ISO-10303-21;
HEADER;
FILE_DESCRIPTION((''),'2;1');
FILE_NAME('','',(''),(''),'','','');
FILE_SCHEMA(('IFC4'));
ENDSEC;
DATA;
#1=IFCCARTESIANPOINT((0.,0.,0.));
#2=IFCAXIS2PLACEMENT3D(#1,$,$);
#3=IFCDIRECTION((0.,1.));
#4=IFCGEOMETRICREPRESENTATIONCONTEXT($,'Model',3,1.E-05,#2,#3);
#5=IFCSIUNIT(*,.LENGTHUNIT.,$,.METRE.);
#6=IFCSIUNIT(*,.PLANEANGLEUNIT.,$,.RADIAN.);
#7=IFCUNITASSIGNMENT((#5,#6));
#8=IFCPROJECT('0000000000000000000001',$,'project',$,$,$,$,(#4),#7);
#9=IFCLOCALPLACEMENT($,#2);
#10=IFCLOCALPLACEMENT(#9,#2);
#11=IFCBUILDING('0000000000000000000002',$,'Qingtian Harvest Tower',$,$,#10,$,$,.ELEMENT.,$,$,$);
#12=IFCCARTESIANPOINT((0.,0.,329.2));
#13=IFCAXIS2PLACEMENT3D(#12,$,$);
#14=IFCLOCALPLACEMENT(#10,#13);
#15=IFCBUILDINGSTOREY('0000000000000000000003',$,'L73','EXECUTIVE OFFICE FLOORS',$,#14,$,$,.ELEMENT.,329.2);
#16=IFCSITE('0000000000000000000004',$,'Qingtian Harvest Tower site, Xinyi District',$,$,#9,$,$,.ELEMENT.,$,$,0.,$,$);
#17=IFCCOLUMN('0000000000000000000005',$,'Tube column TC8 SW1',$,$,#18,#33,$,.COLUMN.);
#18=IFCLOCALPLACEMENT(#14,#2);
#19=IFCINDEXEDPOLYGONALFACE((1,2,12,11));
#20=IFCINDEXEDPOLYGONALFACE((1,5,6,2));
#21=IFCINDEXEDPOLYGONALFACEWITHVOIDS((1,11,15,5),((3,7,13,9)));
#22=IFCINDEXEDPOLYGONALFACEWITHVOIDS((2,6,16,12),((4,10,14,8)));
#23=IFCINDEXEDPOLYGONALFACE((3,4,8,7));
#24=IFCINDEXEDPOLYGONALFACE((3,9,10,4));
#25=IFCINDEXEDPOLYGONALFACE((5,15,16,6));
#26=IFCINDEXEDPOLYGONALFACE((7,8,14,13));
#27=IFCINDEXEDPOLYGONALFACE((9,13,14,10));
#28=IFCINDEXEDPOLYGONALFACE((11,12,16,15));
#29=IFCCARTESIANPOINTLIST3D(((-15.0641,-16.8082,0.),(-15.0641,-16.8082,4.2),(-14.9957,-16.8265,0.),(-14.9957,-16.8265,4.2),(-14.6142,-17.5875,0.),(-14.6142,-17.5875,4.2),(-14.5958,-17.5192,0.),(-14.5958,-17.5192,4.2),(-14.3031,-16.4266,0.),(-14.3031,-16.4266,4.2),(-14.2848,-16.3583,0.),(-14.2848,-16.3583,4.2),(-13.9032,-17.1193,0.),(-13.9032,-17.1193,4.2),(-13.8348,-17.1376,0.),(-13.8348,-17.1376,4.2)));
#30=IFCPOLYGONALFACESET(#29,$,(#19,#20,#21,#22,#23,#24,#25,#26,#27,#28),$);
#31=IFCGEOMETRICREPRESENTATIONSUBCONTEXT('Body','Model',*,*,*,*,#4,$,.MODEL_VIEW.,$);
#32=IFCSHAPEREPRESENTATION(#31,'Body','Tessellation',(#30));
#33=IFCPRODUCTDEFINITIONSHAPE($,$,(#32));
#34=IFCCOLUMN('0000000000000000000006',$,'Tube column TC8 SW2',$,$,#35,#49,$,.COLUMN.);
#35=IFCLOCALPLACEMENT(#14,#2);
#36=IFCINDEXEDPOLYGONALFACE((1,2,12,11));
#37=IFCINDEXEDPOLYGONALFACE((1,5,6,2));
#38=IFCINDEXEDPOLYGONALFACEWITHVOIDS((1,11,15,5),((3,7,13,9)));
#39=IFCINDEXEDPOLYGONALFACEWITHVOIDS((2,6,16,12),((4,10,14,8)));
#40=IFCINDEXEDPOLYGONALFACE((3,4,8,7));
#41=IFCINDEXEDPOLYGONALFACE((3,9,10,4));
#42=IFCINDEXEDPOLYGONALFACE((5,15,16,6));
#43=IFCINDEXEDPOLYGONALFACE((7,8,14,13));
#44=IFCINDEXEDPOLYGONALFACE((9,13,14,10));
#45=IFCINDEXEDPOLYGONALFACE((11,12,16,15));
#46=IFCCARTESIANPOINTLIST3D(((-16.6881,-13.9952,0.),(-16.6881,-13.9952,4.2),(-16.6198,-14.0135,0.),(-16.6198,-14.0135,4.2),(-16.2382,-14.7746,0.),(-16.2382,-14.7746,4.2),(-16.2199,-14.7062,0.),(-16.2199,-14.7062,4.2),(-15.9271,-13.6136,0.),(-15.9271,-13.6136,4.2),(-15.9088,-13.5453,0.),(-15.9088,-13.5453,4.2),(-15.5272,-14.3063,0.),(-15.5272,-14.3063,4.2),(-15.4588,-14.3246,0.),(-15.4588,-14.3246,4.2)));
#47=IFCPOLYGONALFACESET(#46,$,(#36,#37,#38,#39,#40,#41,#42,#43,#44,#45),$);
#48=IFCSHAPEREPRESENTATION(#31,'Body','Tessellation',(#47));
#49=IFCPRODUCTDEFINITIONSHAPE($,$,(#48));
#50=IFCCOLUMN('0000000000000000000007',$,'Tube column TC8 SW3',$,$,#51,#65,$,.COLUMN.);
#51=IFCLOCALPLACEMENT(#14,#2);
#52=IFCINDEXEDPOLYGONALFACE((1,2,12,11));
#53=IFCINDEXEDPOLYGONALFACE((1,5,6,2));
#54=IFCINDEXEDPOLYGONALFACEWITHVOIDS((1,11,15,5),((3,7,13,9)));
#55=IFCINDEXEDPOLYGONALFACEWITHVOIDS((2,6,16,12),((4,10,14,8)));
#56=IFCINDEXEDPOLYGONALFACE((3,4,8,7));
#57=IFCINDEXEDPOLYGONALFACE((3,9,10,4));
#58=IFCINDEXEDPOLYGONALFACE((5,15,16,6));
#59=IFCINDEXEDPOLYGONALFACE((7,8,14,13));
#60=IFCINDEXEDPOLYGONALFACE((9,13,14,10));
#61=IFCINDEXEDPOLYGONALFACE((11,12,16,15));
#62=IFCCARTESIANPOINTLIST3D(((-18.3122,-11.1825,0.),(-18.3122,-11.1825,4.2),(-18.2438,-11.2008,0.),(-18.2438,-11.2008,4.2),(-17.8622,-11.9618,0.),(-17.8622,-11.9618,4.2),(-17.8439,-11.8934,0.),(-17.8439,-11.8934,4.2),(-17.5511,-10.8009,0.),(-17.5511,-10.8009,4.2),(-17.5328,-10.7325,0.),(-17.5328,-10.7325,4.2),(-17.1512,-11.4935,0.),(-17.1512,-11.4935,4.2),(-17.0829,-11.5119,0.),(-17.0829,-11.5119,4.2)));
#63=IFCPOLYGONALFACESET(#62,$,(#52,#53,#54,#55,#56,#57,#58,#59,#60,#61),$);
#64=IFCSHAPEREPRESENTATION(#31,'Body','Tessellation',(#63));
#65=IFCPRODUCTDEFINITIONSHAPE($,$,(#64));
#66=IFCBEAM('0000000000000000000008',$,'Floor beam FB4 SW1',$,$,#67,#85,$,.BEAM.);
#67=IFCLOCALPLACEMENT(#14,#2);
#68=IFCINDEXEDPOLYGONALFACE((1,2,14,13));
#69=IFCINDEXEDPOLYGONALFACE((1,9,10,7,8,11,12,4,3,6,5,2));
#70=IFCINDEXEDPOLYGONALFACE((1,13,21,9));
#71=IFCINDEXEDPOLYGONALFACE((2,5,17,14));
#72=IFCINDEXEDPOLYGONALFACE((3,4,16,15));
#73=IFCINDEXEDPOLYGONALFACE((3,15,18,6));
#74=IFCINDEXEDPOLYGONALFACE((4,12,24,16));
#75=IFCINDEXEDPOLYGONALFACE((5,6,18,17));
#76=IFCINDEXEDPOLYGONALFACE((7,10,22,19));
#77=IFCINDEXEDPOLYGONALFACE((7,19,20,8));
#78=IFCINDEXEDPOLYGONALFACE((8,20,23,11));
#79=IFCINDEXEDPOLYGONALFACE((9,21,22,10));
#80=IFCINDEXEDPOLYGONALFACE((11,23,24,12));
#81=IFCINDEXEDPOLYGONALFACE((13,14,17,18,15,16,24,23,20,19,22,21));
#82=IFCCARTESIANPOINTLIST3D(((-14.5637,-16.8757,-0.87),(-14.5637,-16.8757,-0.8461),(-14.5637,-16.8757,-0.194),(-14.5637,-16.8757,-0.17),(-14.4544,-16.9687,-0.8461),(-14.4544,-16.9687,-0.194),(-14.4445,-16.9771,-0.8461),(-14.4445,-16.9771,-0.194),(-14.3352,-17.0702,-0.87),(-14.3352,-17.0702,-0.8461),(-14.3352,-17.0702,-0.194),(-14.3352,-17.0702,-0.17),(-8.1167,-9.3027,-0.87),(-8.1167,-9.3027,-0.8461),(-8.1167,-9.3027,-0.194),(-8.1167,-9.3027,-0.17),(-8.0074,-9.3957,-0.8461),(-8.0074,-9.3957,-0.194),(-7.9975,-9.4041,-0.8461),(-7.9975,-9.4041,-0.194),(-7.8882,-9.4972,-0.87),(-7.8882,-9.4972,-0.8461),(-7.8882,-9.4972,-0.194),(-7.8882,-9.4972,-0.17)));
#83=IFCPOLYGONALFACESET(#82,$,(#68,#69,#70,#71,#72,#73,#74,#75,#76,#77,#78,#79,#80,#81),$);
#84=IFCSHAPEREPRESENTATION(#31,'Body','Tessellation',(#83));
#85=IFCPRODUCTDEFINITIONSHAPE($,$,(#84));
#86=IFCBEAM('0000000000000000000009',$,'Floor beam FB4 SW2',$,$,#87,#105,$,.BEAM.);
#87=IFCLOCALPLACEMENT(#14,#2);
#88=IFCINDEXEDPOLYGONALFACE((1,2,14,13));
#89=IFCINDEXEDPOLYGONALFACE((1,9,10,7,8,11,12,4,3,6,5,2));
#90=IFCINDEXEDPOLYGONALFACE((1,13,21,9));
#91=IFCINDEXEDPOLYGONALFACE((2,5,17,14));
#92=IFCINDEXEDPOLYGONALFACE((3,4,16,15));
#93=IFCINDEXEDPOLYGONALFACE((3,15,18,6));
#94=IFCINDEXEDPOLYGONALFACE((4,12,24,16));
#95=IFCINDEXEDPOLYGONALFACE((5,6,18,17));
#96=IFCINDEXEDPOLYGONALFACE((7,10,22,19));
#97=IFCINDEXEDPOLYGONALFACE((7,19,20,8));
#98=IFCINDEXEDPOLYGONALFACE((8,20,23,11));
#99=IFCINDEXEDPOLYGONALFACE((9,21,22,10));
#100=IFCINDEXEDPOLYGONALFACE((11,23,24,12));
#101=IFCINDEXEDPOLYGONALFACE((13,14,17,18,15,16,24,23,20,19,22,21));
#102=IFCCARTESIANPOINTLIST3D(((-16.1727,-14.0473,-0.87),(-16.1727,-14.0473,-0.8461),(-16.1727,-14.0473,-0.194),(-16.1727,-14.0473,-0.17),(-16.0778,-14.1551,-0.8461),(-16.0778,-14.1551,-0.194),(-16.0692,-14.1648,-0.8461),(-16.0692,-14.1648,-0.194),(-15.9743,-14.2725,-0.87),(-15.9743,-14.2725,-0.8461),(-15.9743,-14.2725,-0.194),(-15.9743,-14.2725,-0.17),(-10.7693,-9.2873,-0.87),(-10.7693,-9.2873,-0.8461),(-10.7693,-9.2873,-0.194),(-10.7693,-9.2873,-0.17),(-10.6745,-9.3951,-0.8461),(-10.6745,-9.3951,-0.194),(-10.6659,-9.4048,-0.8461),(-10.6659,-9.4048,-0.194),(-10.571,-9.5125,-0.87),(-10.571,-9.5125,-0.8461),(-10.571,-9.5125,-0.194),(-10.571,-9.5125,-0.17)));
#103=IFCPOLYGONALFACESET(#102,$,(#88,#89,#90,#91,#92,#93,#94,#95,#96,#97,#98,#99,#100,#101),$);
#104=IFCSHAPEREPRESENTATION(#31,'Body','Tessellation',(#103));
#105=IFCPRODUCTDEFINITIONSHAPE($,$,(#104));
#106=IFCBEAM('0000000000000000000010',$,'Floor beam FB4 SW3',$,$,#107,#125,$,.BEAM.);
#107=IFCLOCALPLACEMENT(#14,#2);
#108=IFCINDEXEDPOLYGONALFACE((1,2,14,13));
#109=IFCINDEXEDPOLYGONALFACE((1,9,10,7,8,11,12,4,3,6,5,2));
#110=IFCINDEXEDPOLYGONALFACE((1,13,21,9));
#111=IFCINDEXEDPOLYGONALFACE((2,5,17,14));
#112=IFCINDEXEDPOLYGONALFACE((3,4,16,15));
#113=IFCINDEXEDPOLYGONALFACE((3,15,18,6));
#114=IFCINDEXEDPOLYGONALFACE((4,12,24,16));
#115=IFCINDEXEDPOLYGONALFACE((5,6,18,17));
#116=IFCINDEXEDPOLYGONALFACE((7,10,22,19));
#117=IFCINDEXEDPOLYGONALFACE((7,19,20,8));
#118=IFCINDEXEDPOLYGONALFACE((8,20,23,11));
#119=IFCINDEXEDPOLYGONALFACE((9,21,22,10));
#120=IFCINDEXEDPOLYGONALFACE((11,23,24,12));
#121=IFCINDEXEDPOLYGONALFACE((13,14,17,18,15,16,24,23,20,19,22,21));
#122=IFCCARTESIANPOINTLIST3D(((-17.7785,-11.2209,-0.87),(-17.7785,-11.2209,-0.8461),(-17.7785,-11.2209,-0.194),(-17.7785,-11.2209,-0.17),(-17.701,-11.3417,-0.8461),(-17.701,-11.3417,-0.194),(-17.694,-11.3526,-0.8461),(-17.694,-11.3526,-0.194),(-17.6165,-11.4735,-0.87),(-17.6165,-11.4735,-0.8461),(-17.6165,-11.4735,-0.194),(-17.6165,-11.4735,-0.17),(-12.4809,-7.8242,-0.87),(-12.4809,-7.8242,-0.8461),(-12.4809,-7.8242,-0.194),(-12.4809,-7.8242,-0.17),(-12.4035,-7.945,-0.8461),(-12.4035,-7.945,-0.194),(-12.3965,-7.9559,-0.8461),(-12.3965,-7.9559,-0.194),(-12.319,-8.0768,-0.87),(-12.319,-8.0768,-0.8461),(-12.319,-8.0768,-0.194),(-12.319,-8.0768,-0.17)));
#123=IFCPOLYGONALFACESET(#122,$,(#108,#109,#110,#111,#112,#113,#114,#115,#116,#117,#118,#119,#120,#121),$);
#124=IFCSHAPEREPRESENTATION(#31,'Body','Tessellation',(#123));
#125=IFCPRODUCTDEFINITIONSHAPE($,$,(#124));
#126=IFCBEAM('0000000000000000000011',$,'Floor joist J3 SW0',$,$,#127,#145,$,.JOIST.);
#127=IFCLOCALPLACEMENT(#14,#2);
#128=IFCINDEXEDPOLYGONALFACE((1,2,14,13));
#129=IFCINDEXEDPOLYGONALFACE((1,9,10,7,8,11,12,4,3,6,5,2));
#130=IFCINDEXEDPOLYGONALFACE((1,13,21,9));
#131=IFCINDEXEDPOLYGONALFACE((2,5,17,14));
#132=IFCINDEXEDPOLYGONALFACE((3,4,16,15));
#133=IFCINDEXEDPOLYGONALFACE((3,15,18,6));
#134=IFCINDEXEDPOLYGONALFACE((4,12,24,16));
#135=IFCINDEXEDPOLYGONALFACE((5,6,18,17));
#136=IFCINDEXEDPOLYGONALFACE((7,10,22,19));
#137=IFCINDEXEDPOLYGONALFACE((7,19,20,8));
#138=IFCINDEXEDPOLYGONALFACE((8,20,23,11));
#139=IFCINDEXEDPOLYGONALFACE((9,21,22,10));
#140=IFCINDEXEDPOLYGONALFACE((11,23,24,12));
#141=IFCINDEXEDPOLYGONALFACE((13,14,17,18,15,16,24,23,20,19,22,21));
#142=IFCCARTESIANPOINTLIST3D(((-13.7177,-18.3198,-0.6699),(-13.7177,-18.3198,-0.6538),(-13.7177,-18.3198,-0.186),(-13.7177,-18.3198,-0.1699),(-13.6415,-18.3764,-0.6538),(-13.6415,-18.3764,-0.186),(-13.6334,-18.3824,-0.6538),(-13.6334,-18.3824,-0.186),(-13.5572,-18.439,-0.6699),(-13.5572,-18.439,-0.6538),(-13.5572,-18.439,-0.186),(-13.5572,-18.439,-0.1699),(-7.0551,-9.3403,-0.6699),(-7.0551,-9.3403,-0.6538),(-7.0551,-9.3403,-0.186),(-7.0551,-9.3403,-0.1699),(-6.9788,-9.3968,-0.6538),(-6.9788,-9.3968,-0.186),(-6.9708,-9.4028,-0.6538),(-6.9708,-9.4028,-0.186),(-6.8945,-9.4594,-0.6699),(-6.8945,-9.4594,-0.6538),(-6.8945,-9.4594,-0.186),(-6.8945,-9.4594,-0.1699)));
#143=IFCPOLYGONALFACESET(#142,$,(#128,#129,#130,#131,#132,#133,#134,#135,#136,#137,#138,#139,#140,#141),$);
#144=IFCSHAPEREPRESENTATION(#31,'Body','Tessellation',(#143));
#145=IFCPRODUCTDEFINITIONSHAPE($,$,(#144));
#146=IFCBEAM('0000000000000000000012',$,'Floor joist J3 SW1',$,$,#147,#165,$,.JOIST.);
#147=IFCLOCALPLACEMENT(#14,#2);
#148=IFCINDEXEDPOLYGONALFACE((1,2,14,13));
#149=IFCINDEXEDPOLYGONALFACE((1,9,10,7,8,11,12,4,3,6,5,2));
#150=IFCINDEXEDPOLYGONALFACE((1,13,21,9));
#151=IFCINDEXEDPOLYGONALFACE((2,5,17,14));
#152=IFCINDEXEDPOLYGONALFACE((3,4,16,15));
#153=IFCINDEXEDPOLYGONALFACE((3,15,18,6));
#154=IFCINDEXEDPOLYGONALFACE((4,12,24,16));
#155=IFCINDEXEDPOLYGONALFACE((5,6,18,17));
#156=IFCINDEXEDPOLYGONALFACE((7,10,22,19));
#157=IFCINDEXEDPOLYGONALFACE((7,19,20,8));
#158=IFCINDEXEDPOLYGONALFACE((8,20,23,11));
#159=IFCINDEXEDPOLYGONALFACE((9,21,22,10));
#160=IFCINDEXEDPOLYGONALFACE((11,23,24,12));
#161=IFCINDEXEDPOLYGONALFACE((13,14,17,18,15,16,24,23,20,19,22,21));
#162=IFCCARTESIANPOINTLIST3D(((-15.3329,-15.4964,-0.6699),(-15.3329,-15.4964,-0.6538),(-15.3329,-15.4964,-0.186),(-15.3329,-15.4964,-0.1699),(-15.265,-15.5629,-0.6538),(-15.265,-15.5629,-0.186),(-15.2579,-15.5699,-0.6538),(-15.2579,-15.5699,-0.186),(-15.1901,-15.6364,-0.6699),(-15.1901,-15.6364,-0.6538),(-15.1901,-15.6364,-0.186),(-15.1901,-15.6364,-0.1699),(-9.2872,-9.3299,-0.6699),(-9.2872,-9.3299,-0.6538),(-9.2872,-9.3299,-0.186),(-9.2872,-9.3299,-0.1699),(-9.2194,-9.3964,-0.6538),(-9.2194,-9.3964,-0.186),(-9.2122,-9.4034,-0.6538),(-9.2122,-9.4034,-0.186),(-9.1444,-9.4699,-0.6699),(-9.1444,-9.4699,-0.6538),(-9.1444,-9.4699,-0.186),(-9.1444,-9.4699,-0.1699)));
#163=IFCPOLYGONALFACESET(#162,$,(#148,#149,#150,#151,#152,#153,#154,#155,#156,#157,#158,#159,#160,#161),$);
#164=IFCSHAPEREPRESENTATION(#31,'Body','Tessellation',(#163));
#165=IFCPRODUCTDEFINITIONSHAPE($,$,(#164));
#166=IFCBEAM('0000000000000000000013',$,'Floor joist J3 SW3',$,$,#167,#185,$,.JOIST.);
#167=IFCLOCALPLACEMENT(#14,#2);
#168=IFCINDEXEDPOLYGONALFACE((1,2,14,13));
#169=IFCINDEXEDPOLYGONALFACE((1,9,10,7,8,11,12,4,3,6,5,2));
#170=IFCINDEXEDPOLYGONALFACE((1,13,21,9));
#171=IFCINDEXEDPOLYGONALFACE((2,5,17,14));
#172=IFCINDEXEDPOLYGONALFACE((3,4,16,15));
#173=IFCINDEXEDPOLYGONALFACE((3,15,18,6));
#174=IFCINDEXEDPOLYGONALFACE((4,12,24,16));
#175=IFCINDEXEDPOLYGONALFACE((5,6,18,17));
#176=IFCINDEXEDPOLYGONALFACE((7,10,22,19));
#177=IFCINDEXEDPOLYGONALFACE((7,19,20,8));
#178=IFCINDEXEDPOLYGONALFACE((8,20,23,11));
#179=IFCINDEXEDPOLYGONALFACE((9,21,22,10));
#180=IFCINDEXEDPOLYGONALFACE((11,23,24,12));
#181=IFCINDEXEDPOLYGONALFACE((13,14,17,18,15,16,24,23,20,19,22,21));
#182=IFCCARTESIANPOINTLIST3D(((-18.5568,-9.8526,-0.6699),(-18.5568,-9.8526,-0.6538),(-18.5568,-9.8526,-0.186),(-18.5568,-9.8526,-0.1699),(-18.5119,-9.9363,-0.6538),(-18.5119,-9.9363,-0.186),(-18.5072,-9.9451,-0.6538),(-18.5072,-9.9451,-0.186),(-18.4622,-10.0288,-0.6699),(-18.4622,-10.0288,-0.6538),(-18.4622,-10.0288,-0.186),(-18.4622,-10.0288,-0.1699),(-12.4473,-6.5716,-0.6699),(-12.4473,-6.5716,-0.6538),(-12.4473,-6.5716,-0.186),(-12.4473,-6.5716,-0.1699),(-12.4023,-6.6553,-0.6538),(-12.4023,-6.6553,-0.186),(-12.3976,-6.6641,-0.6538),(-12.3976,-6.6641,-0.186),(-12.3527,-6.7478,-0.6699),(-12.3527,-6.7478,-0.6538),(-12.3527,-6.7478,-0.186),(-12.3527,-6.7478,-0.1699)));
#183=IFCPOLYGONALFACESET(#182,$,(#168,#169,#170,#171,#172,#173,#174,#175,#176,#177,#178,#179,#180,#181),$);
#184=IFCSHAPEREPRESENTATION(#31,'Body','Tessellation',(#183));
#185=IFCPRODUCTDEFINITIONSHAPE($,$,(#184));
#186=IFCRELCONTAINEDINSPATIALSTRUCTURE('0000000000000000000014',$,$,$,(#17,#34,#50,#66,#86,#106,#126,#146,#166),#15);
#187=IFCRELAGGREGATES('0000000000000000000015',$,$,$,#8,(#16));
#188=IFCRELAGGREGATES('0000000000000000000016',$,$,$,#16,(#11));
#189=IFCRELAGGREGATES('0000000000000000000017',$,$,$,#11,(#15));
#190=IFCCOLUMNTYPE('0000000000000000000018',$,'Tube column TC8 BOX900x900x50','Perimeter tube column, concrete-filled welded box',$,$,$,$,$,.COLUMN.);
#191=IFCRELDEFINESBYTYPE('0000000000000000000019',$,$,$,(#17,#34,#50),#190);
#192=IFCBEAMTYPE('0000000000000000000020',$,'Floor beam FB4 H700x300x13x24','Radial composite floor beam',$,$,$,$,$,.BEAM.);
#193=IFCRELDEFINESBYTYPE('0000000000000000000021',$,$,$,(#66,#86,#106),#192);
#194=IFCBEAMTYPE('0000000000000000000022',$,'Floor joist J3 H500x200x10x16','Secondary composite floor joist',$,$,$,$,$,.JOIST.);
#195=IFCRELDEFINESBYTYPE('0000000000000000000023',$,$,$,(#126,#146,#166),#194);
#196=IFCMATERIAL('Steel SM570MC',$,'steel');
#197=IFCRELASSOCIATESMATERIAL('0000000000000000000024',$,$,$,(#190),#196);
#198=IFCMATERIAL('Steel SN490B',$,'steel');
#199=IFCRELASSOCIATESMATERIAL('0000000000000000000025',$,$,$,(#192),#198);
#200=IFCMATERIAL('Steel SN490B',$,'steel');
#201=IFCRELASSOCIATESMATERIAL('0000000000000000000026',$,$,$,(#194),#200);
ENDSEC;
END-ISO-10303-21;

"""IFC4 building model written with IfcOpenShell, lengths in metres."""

from ifc_helpers import new_model, si_unit, direction, frame, origin, origin_2d, place, context, subcontext, project, spatial, hollow_rectangle, i_section, extrude, material, material_profile, profile_set, type_object, element, save


model = new_model("IFC4")

# Units and contexts
model_context = context("Model", 3, precision=1e-05, world=origin(), true_north=direction((0.0, 1.0)))
body_context = subcontext(model_context, "Body", "Model", "MODEL_VIEW")
ifc_project = project(units=[si_unit("LENGTHUNIT", "METRE"), si_unit("PLANEANGLEUNIT", "RADIAN")], contexts=[model_context])

# Site, building, storey
site_placement = place(None, origin())
site = spatial("IfcSite", under=ifc_project, at=site_placement, Name="Qingtian Harvest Tower site, Xinyi District", CompositionType="ELEMENT", RefElevation=0.0)
building_placement = place(site_placement, origin())
building = spatial("IfcBuilding", under=site, at=building_placement, Name="Qingtian Harvest Tower", CompositionType="ELEMENT")
storey_placement = place(building_placement, frame((0.0, 0.0, 329.2)))
storey = spatial("IfcBuildingStorey", under=building, at=storey_placement, Name="L73", Description="EXECUTIVE OFFICE FLOORS", CompositionType="ELEMENT", Elevation=329.2)

# Columns
ifc_material_1 = material(Name="Steel SM570MC", Category="steel")
ifc_material_profile_1 = material_profile(ifc_material_1, hollow_rectangle(XDim=0.8999, YDim=0.8999, WallThickness=0.05, at=origin_2d()), Name="BOX900x900x50")
ifc_profile_set_1 = profile_set([ifc_material_profile_1], Name="Steel SM570MC")
column_type = type_object("IfcColumnType", Name="Tube column TC8 BOX900x900x50", Description="Perimeter tube column, concrete-filled welded box", PredefinedType="COLUMN", material=ifc_profile_set_1)
for number, where, z_axis, x_axis, name in (
    (1, (-14.4495, -16.9729, 0.0), (0.0, 0.0, 1.0), (0.5, -0.866025, 0.0), "Tube column TC8 SW1"),
    (2, (-16.0735, -14.1599, 0.0), (0.0, 0.0, 1.0), (0.5, -0.866025, 0.0), "Tube column TC8 SW2"),
    (3, (-17.6975, -11.3472, 0.0), (0.0, 0.0, 1.0), (0.5, -0.866025, 0.0), "Tube column TC8 SW3"),
):
    element("IfcColumn", number, at=place(storey_placement, frame(where, z_axis=z_axis, x_axis=x_axis)), inside=storey, type_object=column_type, Name=name, PredefinedType="COLUMN", context=body_context, shape_type="SweptSolid", body=[
        extrude(hollow_rectangle(XDim=0.8999, YDim=0.8999, WallThickness=0.05, at=origin_2d()), origin(), (0.0, 0.0, 1.0), 4.2),
    ])

# Beams
ifc_material_2 = material(Name="Steel SN490B", Category="steel")
ifc_material_profile_2 = material_profile(ifc_material_2, i_section(OverallWidth=0.3, OverallDepth=0.7, WebThickness=0.0129, FlangeThickness=0.0239, at=origin_2d()), Name="H700x300x13x24")
ifc_profile_set_2 = profile_set([ifc_material_profile_2], Name="Steel SN490B")
beam_type_1 = type_object("IfcBeamType", Name="Floor beam FB4 H700x300x13x24", Description="Radial composite floor beam", PredefinedType="BEAM", material=ifc_profile_set_2)
beam_1_placement = place(storey_placement, frame((-14.4495, -16.9729, -0.52), z_axis=(0.64823, 0.761444, 0.0), x_axis=(-0.761444, 0.64823, 0.0)))
element("IfcBeam", 4, at=beam_1_placement, inside=storey, type_object=beam_type_1, Name="Floor beam FB4 SW1", PredefinedType="BEAM", context=body_context, shape_type="SweptSolid", body=[
    extrude(i_section(OverallWidth=0.3, OverallDepth=0.7, WebThickness=0.0129, FlangeThickness=0.0239, at=origin_2d()), origin(), (0.0, 0.0, 1.0), 9.9456),
])
beam_2_placement = place(storey_placement, frame((-16.0735, -14.1599, -0.52), z_axis=(0.750363, 0.661026, 0.0), x_axis=(-0.661026, 0.750363, 0.0)))
element("IfcBeam", 5, at=beam_2_placement, inside=storey, type_object=beam_type_1, Name="Floor beam FB4 SW2", PredefinedType="BEAM", context=body_context, shape_type="SweptSolid", body=[
    extrude(i_section(OverallWidth=0.3, OverallDepth=0.7, WebThickness=0.0129, FlangeThickness=0.0239, at=origin_2d()), origin(), (0.0, 0.0, 1.0), 7.2009),
])
beam_3_placement = place(storey_placement, frame((-17.6975, -11.3472, -0.52), z_axis=(0.841819, 0.539759, 0.0), x_axis=(-0.539759, 0.841819, 0.0)))
element("IfcBeam", 6, at=beam_3_placement, inside=storey, type_object=beam_type_1, Name="Floor beam FB4 SW3", PredefinedType="BEAM", context=body_context, shape_type="SweptSolid", body=[
    extrude(i_section(OverallWidth=0.3, OverallDepth=0.7, WebThickness=0.0129, FlangeThickness=0.0239, at=origin_2d()), origin(), (0.0, 0.0, 1.0), 6.293),
])
ifc_material_3 = material(Name="Steel SN490B", Category="steel")
ifc_material_profile_3 = material_profile(ifc_material_3, i_section(OverallWidth=0.2, OverallDepth=0.5, WebThickness=0.01, FlangeThickness=0.0161, at=origin_2d()), Name="H500x200x10x16")
ifc_profile_set_3 = profile_set([ifc_material_profile_3], Name="Steel SN490B")
beam_type_2 = type_object("IfcBeamType", Name="Floor joist J3 H500x200x10x16", Description="Secondary composite floor joist", PredefinedType="JOIST", material=ifc_profile_set_3)
beam_4_placement = place(storey_placement, frame((-13.6375, -18.3794, -0.4199), z_axis=(0.59587, 0.803081, 0.0), x_axis=(-0.803081, 0.59587, 0.0)))
element("IfcBeam", 7, at=beam_4_placement, inside=storey, type_object=beam_type_2, Name="Floor joist J3 SW0", PredefinedType="JOIST", context=body_context, shape_type="SweptSolid", body=[
    extrude(i_section(OverallWidth=0.2, OverallDepth=0.5, WebThickness=0.01, FlangeThickness=0.0161, at=origin_2d()), origin(), (0.0, 0.0, 1.0), 11.1814),
])
beam_5_placement = place(storey_placement, frame((-15.2615, -15.5664, -0.4199), z_axis=(0.700075, 0.714069, 0.0), x_axis=(-0.714069, 0.700075, 0.0)))
element("IfcBeam", 8, at=beam_5_placement, inside=storey, type_object=beam_type_2, Name="Floor joist J3 SW1", PredefinedType="JOIST", context=body_context, shape_type="SweptSolid", body=[
    extrude(i_section(OverallWidth=0.2, OverallDepth=0.5, WebThickness=0.01, FlangeThickness=0.0161, at=origin_2d()), origin(), (0.0, 0.0, 1.0), 8.6357),
])
beam_6_placement = place(storey_placement, frame((-18.5095, -9.9407, -0.4199), z_axis=(0.881, 0.473117, 0.0), x_axis=(-0.473117, 0.881, 0.0)))
element("IfcBeam", 9, at=beam_6_placement, inside=storey, type_object=beam_type_2, Name="Floor joist J3 SW3", PredefinedType="JOIST", context=body_context, shape_type="SweptSolid", body=[
    extrude(i_section(OverallWidth=0.2, OverallDepth=0.5, WebThickness=0.01, FlangeThickness=0.0161, at=origin_2d()), origin(), (0.0, 0.0, 1.0), 6.9348),
])

save(model, "model.ifc")
